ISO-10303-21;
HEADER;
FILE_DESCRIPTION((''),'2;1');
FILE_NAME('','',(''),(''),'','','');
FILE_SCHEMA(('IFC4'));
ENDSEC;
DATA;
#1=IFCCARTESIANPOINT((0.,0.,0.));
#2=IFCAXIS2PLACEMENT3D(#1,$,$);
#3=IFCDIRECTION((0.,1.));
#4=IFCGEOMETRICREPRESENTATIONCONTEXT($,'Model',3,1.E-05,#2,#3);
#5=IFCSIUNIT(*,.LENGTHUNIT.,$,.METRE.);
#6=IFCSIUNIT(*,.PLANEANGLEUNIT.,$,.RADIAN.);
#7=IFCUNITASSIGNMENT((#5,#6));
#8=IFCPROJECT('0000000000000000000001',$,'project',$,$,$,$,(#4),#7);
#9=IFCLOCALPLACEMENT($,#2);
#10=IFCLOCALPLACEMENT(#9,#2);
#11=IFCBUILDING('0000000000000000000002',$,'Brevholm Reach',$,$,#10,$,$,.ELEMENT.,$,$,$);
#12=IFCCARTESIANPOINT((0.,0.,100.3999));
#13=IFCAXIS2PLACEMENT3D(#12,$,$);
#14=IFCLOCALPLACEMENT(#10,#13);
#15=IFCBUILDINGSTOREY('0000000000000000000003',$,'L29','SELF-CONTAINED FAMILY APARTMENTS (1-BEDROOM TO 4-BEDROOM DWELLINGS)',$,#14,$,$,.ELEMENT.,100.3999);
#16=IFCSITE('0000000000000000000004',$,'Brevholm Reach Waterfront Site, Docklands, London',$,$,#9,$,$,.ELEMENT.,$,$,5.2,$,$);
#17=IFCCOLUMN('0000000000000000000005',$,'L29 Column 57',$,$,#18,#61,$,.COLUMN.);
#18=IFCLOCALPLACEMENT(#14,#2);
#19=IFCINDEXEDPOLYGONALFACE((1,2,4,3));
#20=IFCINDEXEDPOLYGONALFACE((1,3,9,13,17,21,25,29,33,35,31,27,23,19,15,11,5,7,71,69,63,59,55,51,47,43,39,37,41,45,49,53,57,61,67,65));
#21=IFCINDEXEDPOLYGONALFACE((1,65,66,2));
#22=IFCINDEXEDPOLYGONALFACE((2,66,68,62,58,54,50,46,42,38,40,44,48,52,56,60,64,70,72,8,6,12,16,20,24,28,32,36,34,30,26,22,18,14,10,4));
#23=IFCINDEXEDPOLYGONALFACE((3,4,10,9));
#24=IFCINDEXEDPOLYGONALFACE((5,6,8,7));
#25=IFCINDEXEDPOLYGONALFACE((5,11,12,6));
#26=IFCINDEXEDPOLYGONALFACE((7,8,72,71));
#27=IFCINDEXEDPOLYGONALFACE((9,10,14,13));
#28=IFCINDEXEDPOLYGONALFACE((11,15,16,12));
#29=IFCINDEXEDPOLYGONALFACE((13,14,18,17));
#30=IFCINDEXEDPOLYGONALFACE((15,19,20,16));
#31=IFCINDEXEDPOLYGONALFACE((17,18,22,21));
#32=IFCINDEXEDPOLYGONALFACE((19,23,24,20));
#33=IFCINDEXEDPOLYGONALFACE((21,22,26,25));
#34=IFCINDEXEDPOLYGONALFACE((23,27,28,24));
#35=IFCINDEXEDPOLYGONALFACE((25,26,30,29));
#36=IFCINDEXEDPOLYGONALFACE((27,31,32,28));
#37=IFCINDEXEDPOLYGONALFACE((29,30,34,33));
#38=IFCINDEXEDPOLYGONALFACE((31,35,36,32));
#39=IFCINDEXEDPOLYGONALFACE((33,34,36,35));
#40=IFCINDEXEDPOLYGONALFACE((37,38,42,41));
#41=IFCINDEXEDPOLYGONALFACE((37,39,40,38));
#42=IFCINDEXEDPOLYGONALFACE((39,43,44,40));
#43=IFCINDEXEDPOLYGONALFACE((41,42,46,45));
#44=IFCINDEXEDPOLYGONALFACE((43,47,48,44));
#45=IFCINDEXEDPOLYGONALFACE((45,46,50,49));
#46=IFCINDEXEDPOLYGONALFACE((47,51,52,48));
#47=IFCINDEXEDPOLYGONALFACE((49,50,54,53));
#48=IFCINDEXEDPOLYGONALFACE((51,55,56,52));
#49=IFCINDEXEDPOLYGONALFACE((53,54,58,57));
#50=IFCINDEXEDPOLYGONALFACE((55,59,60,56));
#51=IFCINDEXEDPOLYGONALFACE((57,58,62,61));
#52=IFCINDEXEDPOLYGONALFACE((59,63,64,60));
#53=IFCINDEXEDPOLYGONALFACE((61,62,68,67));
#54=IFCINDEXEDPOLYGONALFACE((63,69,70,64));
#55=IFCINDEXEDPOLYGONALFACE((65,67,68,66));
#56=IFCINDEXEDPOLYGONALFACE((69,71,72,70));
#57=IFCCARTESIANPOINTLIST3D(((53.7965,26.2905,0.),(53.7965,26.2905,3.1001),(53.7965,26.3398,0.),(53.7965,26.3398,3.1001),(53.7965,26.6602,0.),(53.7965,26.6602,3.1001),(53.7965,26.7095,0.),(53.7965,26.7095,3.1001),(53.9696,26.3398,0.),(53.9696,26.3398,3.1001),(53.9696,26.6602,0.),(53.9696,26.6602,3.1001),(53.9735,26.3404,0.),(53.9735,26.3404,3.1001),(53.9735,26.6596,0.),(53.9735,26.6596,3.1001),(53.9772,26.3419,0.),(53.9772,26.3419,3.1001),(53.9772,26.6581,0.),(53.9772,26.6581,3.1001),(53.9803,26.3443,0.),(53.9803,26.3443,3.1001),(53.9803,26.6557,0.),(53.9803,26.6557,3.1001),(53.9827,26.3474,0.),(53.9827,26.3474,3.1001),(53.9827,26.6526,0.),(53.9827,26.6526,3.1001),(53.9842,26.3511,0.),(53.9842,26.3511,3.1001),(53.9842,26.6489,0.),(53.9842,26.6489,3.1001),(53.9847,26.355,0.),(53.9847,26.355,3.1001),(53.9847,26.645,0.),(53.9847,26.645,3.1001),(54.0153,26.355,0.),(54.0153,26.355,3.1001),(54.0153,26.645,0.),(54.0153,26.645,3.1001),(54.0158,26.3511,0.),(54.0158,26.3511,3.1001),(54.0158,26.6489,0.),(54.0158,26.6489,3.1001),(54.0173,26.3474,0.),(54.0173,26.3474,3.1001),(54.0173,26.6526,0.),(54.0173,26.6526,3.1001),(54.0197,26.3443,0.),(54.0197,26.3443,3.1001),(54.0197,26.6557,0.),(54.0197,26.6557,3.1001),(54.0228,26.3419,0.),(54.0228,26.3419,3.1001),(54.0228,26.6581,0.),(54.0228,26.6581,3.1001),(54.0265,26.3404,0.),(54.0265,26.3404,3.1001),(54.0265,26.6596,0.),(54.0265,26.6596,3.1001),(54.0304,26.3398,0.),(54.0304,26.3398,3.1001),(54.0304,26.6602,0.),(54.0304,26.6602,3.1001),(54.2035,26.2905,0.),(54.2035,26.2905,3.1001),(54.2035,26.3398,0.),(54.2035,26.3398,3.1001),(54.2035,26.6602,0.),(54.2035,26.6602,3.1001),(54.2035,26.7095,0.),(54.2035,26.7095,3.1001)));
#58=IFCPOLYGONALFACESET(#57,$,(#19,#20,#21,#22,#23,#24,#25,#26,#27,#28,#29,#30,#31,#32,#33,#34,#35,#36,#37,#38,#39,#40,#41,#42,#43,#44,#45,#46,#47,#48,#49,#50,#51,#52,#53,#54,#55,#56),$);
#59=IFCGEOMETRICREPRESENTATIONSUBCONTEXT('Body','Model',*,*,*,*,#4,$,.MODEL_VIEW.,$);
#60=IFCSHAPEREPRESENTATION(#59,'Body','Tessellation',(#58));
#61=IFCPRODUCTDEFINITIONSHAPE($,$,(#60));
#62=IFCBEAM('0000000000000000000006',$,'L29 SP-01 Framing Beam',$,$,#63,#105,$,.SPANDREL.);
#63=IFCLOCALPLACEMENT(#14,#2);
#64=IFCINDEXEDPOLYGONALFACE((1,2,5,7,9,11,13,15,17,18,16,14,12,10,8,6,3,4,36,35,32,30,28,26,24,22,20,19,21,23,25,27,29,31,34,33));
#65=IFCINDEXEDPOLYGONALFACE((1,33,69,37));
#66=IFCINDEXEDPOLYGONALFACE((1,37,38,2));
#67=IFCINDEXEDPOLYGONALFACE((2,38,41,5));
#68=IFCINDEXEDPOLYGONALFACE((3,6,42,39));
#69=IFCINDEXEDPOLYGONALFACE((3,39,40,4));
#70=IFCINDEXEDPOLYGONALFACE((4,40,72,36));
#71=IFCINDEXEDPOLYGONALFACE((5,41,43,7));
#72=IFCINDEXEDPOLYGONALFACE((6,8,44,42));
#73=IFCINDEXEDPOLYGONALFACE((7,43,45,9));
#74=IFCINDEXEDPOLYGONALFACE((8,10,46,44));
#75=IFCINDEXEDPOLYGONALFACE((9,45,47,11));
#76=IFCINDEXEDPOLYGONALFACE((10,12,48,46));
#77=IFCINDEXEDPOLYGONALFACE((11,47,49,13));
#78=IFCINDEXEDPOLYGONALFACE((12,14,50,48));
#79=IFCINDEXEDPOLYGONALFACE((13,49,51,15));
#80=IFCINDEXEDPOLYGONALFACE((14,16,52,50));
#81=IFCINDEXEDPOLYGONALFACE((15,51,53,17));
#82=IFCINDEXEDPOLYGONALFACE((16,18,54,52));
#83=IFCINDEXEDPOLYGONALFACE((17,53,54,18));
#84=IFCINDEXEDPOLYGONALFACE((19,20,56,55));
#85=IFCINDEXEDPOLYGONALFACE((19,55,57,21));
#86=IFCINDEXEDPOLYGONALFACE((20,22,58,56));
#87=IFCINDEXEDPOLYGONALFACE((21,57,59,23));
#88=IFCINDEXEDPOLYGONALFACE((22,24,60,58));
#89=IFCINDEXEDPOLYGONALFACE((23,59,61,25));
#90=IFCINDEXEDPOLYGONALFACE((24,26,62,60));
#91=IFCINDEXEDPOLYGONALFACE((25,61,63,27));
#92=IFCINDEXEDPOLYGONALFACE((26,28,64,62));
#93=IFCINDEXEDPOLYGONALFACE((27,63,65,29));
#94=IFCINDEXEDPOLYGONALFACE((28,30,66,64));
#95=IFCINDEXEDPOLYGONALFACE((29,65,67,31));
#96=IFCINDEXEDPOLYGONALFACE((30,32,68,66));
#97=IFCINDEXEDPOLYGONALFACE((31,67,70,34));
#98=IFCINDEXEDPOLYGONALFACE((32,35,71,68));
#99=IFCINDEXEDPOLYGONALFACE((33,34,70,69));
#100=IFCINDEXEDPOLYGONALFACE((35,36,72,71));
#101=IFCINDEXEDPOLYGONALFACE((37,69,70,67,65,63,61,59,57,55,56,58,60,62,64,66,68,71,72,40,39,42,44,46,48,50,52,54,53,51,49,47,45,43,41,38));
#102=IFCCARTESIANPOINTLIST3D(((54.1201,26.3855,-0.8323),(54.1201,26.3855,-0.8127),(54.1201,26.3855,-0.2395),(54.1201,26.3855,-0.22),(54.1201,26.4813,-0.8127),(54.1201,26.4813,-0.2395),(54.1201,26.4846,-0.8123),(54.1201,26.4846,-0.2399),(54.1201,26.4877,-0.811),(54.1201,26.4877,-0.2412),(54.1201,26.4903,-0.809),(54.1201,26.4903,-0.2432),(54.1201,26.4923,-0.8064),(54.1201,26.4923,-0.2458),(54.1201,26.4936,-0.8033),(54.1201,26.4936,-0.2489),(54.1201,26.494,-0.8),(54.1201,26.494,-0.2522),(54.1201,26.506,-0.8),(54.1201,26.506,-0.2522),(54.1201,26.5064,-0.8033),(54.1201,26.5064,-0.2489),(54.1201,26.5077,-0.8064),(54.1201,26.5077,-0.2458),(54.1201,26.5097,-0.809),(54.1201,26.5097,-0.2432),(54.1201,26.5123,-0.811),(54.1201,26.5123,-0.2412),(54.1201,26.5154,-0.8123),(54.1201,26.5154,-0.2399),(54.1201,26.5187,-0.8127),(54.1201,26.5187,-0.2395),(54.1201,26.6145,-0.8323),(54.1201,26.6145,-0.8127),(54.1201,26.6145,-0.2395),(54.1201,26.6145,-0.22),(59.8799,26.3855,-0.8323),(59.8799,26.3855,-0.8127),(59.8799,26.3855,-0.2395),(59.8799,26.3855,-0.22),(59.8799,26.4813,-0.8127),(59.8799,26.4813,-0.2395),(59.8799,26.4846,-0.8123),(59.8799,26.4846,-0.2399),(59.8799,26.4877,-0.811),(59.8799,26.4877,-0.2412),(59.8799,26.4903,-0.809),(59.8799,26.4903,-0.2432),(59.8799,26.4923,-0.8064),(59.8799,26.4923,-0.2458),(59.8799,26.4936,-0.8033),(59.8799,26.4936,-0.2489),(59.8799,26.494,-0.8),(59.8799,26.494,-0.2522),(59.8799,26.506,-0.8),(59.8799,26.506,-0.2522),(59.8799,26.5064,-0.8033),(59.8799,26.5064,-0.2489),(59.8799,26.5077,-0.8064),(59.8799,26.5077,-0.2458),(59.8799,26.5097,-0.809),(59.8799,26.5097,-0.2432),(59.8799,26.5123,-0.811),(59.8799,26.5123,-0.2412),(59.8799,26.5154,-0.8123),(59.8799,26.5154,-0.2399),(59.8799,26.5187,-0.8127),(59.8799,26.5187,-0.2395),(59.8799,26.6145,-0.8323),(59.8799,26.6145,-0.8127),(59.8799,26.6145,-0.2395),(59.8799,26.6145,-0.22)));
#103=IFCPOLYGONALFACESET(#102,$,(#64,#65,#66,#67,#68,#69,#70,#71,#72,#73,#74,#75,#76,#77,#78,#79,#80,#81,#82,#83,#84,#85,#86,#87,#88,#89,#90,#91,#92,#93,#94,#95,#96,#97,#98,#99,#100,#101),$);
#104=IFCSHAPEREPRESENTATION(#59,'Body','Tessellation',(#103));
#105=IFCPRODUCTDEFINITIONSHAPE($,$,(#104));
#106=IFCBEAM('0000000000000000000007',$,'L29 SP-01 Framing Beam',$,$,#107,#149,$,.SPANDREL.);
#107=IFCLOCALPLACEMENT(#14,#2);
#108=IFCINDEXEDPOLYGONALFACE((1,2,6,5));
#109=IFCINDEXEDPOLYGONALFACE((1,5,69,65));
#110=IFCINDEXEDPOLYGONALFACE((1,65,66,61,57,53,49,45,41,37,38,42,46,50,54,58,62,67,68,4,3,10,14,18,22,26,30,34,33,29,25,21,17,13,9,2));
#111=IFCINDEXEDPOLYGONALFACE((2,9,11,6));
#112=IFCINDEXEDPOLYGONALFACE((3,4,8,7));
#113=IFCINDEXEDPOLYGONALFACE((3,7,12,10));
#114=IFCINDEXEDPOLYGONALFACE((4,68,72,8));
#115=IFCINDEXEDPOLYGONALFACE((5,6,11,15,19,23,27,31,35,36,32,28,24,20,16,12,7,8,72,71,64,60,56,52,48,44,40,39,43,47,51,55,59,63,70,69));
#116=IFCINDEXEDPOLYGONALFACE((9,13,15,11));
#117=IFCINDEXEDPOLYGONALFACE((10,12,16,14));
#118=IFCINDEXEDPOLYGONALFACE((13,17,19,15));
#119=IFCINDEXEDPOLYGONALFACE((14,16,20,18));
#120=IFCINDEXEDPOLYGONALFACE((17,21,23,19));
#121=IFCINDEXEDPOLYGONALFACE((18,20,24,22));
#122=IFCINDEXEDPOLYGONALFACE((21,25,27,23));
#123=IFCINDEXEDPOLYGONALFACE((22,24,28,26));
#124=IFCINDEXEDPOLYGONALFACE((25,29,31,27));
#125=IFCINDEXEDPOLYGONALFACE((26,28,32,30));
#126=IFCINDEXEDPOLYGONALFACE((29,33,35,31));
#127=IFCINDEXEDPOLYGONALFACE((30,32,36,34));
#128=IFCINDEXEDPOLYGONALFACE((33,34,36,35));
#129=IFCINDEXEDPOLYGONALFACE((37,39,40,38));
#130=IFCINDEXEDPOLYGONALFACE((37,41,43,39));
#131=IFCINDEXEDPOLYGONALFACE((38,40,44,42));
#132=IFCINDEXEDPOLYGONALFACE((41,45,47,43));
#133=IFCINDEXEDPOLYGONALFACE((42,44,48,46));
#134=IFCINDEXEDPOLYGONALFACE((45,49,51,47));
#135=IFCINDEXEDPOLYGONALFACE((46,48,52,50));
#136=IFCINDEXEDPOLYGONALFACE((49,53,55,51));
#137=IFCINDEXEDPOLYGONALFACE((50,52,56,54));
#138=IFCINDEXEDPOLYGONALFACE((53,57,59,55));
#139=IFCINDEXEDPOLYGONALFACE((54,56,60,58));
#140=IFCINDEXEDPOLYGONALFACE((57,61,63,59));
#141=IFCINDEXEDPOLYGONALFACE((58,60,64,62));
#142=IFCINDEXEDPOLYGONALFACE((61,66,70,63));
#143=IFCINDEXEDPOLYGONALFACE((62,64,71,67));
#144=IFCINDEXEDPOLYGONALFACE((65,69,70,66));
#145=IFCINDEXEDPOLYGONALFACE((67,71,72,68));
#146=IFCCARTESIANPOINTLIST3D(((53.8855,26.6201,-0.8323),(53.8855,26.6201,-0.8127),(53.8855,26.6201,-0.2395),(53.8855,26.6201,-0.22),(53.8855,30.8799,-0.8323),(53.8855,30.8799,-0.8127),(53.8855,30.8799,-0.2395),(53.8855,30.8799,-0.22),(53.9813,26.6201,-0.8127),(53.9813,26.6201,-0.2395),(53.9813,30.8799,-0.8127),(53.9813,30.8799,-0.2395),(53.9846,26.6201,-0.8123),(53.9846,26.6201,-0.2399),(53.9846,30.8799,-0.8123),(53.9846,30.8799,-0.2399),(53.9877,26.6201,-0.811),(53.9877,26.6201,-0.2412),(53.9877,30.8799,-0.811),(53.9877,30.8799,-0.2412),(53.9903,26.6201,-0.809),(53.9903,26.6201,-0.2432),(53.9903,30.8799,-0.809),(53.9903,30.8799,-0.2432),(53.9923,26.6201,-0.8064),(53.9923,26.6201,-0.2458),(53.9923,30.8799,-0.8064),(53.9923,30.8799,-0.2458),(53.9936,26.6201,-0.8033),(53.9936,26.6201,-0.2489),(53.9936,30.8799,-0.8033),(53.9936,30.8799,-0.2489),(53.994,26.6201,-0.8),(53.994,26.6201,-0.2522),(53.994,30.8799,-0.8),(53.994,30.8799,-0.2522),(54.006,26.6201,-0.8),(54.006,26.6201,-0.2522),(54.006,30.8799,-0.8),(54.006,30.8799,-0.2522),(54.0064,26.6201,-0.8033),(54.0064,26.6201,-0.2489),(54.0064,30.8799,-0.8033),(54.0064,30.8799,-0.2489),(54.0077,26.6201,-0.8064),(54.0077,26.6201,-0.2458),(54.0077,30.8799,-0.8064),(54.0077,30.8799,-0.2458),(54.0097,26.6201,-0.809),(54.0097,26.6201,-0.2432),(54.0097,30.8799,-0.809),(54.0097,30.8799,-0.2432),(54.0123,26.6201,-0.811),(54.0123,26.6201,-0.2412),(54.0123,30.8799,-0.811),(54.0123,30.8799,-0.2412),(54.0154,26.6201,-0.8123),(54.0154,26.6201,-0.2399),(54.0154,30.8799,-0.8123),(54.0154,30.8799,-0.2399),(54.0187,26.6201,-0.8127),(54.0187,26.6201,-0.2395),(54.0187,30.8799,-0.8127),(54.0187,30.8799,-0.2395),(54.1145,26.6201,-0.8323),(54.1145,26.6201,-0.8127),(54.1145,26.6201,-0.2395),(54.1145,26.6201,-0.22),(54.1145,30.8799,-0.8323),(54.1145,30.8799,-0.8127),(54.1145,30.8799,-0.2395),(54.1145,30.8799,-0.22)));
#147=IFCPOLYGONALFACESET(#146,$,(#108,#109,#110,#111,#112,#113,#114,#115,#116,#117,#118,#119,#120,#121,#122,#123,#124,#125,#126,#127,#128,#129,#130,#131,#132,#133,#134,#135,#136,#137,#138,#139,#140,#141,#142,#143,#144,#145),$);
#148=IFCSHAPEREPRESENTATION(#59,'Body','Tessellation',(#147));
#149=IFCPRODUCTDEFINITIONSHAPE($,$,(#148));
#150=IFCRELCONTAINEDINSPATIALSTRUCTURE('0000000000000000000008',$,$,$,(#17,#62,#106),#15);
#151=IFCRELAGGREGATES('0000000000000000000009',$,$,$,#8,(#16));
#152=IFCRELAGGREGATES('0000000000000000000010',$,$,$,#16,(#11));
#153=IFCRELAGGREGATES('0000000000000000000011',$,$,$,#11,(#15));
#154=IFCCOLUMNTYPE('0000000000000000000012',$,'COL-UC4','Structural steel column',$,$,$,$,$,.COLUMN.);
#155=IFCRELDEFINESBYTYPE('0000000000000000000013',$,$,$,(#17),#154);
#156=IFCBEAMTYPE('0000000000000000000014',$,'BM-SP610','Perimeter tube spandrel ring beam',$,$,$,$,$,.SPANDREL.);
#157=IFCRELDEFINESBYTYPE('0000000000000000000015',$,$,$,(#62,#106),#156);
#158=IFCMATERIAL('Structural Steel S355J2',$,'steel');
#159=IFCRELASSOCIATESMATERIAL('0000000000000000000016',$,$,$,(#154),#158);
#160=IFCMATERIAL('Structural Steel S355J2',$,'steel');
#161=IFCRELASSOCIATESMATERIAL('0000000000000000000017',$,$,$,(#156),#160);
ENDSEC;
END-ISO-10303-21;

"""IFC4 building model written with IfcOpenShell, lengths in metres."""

from ifc_helpers import new_model, si_unit, direction, frame, origin, origin_2d, place, context, subcontext, project, spatial, i_section, extrude, material, material_profile, profile_set, type_object, element, save


model = new_model("IFC4")

# Units and contexts
model_context = context("Model", 3, precision=1e-05, world=origin(), true_north=direction((0.0, 1.0)))
body_context = subcontext(model_context, "Body", "Model", "MODEL_VIEW")
ifc_project = project(units=[si_unit("LENGTHUNIT", "METRE"), si_unit("PLANEANGLEUNIT", "RADIAN")], contexts=[model_context])

# Site, building, storey
site_placement = place(None, origin())
site = spatial("IfcSite", under=ifc_project, at=site_placement, Name="Brevholm Reach Waterfront Site, Docklands, London", CompositionType="ELEMENT", RefElevation=5.2)
building_placement = place(site_placement, origin())
building = spatial("IfcBuilding", under=site, at=building_placement, Name="Brevholm Reach", CompositionType="ELEMENT")
storey_placement = place(building_placement, frame((0.0, 0.0, 100.3999)))
storey = spatial("IfcBuildingStorey", under=building, at=storey_placement, Name="L29", Description="SELF-CONTAINED FAMILY APARTMENTS (1-BEDROOM TO 4-BEDROOM DWELLINGS)", CompositionType="ELEMENT", Elevation=100.3999)

# Column
ifc_material_1 = material(Name="Structural Steel S355J2", Category="steel")
ifc_material_profile_1 = material_profile(ifc_material_1, i_section(OverallWidth=0.407, OverallDepth=0.4189, WebThickness=0.0305, FlangeThickness=0.0493, FilletRadius=0.0151, at=origin_2d()), Name="UKC 356x406x393")
ifc_profile_set_1 = profile_set([ifc_material_profile_1], Name="Structural Steel S355J2")
column_type_1 = type_object("IfcColumnType", Name="COL-UC4", Description="Structural steel column", PredefinedType="COLUMN", material=ifc_profile_set_1)
column_1_placement = place(storey_placement, frame((54.0, 26.5, 0.0), z_axis=(0.0, 0.0, 1.0), x_axis=(1.0, 0.0, 0.0)))
element("IfcColumn", 1, at=column_1_placement, inside=storey, type_object=column_type_1, Name="L29 Column 57", PredefinedType="COLUMN", context=body_context, shape_type="SweptSolid", body=[
    extrude(i_section(OverallWidth=0.407, OverallDepth=0.4189, WebThickness=0.0305, FlangeThickness=0.0493, FilletRadius=0.0151, at=origin_2d()), origin(), (0.0, 0.0, 1.0), 3.1001),
])

# Beams
ifc_material_2 = material(Name="Structural Steel S355J2", Category="steel")
ifc_material_profile_2 = material_profile(ifc_material_2, i_section(OverallWidth=0.229, OverallDepth=0.6123, WebThickness=0.012, FlangeThickness=0.0195, FilletRadius=0.0127, at=origin_2d()), Name="UKB 610x229x125")
ifc_profile_set_2 = profile_set([ifc_material_profile_2], Name="Structural Steel S355J2")
beam_type = type_object("IfcBeamType", Name="BM-SP610", Description="Perimeter tube spandrel ring beam", PredefinedType="SPANDREL", material=ifc_profile_set_2)
beam_1_placement = place(storey_placement, frame((54.1201, 26.5, -0.5261), z_axis=(1.0, 0.0, 0.0), x_axis=(0.0, 1.0, 0.0)))
element("IfcBeam", 2, at=beam_1_placement, inside=storey, type_object=beam_type, Name="L29 SP-01 Framing Beam", PredefinedType="SPANDREL", context=body_context, shape_type="SweptSolid", body=[
    extrude(i_section(OverallWidth=0.229, OverallDepth=0.6123, WebThickness=0.012, FlangeThickness=0.0195, FilletRadius=0.0127, at=origin_2d()), origin(), (0.0, 0.0, 1.0), 5.7598),
])
beam_2_placement = place(storey_placement, frame((54.0, 26.6201, -0.5261), z_axis=(0.0, 1.0, 0.0), x_axis=(-1.0, 0.0, 0.0)))
element("IfcBeam", 3, at=beam_2_placement, inside=storey, type_object=beam_type, Name="L29 SP-01 Framing Beam", PredefinedType="SPANDREL", context=body_context, shape_type="SweptSolid", body=[
    extrude(i_section(OverallWidth=0.229, OverallDepth=0.6123, WebThickness=0.012, FlangeThickness=0.0195, FilletRadius=0.0127, at=origin_2d()), origin(), (0.0, 0.0, 1.0), 4.2598),
])

save(model, "model.ifc")
